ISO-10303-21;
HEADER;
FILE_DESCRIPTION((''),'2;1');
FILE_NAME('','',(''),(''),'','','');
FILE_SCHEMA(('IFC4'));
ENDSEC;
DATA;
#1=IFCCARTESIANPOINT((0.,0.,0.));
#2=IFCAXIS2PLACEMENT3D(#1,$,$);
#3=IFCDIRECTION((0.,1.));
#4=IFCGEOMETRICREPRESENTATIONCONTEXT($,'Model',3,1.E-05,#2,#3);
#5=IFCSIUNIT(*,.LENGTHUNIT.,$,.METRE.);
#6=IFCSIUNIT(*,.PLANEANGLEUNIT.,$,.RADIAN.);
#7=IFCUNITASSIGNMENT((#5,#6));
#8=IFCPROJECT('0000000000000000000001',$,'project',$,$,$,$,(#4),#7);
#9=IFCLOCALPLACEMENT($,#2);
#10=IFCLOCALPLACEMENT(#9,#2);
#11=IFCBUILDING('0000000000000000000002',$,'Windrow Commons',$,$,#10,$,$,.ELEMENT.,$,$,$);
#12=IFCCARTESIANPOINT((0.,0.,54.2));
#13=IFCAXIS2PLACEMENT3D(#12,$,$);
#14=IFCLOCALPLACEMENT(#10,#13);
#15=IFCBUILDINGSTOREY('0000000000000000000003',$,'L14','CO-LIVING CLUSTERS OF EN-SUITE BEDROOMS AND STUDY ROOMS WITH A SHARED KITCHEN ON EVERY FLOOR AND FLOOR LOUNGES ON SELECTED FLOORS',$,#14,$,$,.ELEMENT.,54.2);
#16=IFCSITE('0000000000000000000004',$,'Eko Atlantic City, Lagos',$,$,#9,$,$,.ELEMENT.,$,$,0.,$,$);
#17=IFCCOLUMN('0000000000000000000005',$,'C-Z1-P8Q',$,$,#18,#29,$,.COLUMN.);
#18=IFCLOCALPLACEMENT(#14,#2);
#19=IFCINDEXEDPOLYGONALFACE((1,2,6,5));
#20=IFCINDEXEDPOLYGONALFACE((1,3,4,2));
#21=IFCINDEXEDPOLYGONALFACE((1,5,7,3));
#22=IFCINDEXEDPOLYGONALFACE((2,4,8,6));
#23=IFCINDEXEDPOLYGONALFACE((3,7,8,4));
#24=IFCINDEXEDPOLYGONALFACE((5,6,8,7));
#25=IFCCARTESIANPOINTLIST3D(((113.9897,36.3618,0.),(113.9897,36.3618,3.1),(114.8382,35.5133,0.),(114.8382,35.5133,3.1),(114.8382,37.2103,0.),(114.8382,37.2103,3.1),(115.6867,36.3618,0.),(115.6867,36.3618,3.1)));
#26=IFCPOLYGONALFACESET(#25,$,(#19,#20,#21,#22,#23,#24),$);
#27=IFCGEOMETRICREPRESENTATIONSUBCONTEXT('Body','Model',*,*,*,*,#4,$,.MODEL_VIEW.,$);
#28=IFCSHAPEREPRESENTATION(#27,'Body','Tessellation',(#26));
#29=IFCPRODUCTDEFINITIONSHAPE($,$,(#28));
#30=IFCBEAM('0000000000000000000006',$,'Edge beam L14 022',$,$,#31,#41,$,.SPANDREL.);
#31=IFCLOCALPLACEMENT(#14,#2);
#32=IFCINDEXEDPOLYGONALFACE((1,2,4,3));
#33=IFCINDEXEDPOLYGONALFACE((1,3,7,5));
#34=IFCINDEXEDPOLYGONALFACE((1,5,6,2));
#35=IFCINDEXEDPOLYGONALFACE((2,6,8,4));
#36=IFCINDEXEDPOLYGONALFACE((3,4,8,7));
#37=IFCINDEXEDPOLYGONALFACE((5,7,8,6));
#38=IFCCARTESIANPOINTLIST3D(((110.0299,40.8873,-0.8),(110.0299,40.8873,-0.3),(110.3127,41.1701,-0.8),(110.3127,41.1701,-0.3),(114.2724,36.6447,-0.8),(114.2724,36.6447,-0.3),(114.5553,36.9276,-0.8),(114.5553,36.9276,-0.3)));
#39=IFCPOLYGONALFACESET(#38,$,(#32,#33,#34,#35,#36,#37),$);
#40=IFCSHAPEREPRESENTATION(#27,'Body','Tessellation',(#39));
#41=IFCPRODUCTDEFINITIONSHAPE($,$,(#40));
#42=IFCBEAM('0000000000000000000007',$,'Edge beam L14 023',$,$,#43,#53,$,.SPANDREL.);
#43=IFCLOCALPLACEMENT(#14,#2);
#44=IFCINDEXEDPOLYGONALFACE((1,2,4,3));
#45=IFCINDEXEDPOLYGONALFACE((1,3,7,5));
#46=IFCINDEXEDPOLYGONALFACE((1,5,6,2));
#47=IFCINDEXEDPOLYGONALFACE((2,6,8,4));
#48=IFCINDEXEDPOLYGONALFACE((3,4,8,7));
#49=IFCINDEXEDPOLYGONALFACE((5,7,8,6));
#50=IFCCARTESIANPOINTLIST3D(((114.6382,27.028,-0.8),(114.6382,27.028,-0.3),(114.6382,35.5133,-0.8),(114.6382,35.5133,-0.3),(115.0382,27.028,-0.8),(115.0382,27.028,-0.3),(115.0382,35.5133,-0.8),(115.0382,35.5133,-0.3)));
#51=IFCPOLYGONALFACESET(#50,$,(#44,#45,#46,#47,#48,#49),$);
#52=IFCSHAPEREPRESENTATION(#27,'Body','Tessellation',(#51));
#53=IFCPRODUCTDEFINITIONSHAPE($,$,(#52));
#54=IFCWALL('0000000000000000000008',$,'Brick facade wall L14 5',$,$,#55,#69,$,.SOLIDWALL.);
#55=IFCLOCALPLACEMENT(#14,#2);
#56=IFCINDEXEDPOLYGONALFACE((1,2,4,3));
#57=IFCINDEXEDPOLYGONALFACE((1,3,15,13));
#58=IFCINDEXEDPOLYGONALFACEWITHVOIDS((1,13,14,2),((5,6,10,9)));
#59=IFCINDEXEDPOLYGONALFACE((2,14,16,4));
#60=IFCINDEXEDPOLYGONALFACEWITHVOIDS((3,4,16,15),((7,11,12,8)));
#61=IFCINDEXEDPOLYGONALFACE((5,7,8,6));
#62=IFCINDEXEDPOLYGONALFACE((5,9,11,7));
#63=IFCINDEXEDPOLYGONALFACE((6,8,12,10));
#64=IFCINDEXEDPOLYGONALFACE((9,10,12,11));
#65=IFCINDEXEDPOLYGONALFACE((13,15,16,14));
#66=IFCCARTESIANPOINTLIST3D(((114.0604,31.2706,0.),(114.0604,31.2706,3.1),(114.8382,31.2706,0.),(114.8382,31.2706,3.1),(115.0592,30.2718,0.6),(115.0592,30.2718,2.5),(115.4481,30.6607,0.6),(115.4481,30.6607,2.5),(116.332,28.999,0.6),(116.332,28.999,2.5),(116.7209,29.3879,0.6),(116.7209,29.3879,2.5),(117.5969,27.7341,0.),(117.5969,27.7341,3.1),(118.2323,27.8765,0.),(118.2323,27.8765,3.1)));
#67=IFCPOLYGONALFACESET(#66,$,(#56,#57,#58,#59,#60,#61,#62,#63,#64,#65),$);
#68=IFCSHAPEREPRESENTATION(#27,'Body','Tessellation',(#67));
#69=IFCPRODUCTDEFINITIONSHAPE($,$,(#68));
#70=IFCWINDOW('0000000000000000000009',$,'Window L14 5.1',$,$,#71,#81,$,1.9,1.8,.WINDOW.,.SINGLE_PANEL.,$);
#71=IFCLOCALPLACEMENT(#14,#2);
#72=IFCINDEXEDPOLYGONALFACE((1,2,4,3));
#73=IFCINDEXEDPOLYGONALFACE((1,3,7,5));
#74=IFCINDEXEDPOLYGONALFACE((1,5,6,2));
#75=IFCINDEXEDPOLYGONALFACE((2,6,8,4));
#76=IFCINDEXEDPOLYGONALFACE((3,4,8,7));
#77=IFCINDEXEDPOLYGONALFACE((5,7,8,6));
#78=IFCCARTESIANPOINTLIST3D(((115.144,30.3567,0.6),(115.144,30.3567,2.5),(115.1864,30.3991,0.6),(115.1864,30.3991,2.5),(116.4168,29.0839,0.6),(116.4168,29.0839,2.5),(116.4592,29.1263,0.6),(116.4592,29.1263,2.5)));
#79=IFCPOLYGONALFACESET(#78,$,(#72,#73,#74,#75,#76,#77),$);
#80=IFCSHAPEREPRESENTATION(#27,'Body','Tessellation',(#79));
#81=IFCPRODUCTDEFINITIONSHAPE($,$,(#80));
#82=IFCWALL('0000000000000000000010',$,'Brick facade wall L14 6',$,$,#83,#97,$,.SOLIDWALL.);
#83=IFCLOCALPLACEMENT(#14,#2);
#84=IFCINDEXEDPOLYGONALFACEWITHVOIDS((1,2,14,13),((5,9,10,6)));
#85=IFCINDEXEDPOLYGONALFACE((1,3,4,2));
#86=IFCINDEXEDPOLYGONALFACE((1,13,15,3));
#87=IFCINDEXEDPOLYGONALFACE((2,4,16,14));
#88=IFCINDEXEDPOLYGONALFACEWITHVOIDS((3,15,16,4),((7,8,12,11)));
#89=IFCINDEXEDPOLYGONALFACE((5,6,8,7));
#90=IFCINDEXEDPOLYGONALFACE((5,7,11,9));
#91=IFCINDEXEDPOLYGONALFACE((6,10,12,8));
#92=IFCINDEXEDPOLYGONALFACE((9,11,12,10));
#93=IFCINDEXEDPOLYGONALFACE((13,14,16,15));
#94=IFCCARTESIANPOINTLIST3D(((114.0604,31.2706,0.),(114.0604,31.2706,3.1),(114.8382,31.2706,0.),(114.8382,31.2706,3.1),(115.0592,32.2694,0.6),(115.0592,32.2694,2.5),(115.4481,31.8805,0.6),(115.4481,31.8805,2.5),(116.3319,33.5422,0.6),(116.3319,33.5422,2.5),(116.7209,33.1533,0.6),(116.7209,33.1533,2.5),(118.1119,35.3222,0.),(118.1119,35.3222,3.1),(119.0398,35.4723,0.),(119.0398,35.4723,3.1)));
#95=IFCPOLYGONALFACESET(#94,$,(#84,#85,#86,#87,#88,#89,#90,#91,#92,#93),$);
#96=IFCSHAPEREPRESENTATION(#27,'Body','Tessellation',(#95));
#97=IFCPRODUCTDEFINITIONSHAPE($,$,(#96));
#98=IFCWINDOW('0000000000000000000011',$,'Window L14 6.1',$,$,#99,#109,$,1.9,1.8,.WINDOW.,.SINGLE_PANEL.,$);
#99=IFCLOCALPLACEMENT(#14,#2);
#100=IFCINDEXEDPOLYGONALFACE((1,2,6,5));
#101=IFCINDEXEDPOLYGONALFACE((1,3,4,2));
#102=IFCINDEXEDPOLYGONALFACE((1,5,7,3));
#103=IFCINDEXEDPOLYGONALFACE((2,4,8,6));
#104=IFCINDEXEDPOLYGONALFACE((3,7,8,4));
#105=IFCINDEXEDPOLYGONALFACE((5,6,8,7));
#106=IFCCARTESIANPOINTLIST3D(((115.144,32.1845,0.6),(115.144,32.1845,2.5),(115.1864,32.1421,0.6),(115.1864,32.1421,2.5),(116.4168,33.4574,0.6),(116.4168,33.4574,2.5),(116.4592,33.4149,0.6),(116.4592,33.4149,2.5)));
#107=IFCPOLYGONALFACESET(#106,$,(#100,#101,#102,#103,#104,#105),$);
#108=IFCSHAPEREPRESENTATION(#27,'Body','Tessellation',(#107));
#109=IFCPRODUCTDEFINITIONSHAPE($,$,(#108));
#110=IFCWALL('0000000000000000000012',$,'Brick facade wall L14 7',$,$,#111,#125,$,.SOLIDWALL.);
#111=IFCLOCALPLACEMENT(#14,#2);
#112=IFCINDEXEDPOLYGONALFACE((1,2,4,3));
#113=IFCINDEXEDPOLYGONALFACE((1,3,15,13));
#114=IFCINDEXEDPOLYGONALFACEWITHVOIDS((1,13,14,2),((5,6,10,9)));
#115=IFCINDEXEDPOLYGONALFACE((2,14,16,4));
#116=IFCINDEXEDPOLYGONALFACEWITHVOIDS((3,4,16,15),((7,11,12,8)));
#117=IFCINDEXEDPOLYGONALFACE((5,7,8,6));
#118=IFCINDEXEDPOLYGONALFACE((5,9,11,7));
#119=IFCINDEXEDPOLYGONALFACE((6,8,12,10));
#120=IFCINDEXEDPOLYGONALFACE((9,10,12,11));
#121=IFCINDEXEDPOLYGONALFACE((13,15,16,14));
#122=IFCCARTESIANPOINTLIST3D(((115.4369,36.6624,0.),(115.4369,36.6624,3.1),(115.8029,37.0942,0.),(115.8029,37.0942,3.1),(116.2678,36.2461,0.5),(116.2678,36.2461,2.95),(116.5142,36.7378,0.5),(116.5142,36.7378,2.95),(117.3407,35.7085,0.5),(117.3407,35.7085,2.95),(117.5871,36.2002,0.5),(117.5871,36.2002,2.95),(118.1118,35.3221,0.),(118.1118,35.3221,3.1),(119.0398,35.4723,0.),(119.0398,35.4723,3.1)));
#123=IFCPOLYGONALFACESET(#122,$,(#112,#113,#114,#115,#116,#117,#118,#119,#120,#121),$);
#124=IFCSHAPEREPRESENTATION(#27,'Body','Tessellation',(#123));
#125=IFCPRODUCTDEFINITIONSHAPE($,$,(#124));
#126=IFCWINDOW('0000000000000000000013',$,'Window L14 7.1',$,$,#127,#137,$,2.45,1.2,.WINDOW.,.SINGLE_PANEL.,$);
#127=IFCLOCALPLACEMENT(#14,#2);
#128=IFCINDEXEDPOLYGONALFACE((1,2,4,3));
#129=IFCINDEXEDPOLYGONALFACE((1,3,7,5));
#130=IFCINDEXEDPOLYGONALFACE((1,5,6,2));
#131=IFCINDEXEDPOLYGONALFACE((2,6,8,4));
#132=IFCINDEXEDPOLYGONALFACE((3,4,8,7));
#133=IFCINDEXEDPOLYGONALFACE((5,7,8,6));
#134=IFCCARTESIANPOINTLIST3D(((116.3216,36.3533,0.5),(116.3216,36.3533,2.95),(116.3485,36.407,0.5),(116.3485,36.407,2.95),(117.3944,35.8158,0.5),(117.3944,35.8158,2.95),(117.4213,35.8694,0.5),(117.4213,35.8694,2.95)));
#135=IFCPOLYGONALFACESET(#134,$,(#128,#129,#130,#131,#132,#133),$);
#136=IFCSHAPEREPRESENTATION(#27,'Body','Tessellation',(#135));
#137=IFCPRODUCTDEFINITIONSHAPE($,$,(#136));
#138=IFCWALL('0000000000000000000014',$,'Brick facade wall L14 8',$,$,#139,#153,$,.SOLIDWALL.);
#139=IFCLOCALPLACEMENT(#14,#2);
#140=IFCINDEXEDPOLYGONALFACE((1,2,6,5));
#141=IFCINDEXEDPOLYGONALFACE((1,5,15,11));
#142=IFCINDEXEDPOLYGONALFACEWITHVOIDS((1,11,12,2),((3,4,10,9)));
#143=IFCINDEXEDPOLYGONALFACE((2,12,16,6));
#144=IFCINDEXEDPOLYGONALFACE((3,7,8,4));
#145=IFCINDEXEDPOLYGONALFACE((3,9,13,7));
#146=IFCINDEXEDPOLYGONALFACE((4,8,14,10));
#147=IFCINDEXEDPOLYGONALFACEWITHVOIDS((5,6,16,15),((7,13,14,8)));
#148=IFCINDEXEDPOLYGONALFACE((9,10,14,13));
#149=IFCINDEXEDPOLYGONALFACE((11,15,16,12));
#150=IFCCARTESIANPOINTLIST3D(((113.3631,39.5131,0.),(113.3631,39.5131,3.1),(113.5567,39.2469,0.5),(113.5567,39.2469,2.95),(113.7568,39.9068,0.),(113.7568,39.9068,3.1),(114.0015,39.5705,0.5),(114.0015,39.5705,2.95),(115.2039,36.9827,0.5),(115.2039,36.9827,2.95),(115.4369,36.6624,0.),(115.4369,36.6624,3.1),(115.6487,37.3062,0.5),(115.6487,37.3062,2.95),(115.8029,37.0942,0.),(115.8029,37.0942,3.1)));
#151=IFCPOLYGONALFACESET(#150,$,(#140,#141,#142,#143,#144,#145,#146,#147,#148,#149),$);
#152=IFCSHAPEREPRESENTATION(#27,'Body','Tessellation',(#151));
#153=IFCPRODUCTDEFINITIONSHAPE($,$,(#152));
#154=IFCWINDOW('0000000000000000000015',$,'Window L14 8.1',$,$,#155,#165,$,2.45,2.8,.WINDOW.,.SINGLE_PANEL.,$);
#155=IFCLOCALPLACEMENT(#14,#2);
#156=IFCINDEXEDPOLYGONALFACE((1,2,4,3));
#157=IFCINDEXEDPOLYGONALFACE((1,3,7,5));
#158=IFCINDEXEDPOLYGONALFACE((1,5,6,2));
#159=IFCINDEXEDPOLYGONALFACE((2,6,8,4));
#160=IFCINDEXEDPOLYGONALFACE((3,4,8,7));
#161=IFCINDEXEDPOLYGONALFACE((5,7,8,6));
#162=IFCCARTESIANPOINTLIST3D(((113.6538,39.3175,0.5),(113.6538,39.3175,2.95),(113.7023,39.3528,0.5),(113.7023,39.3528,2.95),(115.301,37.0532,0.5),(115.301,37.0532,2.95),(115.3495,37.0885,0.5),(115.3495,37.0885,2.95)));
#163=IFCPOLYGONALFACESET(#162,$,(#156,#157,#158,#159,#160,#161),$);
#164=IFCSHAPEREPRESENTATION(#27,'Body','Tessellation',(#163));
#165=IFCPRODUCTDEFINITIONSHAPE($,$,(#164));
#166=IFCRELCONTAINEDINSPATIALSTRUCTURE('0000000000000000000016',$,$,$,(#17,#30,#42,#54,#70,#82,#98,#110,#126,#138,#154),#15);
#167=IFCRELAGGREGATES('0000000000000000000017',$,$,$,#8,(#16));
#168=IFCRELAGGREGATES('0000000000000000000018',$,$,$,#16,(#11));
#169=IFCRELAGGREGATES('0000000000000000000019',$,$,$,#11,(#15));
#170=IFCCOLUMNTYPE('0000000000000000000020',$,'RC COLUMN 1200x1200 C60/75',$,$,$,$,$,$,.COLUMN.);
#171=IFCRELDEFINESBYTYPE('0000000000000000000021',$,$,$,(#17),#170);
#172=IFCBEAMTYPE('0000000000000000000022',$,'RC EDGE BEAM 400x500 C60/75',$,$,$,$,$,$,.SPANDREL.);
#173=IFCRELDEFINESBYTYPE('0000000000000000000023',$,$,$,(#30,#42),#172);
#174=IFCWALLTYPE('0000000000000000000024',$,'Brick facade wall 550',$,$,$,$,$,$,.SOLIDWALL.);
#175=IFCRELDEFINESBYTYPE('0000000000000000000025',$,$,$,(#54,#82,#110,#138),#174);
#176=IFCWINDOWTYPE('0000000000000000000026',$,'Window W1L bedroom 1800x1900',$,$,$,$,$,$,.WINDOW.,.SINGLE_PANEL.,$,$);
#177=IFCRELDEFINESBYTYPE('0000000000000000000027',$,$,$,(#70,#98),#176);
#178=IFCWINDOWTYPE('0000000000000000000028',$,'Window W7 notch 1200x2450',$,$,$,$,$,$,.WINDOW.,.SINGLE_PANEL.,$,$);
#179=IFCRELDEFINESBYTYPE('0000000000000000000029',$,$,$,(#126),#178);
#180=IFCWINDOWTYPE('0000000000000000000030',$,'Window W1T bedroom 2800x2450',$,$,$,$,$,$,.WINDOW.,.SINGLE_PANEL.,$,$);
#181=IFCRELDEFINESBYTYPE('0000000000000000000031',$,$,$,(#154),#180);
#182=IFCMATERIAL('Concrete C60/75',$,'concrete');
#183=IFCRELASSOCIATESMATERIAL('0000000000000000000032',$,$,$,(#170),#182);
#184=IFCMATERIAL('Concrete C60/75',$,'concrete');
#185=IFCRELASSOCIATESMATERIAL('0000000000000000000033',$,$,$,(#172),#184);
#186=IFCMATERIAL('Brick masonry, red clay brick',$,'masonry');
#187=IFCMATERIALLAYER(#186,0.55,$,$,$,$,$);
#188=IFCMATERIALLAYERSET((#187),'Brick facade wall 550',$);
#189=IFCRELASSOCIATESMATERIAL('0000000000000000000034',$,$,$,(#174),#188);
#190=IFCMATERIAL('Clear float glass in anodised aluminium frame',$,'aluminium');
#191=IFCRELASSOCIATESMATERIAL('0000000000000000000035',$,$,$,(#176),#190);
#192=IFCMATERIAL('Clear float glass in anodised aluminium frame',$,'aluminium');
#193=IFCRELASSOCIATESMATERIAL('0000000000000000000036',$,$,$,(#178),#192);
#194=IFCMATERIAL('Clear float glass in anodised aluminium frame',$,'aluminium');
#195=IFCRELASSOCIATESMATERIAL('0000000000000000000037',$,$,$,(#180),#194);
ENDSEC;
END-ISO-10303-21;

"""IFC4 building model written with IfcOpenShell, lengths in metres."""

from ifc_helpers import new_model, si_unit, direction, frame, frame_2d, origin, origin_2d, place, context, subcontext, project, spatial, polyline, rectangle, outline, extrude, material, layer, layer_set, material_profile, profile_set, type_object, element, fill, save


model = new_model("IFC4")

# Units and contexts
model_context = context("Model", 3, precision=1e-05, world=origin(), true_north=direction((0.0, 1.0)))
body_context = subcontext(model_context, "Body", "Model", "MODEL_VIEW")
ifc_project = project(units=[si_unit("LENGTHUNIT", "METRE"), si_unit("PLANEANGLEUNIT", "RADIAN")], contexts=[model_context])

# Site, building, storey
site_placement = place(None, origin())
site = spatial("IfcSite", under=ifc_project, at=site_placement, Name="Eko Atlantic City, Lagos", CompositionType="ELEMENT", RefElevation=0.0)
building_placement = place(site_placement, origin())
building = spatial("IfcBuilding", under=site, at=building_placement, Name="Windrow Commons", CompositionType="ELEMENT")
storey_placement = place(building_placement, frame((0.0, 0.0, 54.2)))
storey = spatial("IfcBuildingStorey", under=building, at=storey_placement, Name="L14", Description="CO-LIVING CLUSTERS OF EN-SUITE BEDROOMS AND STUDY ROOMS WITH A SHARED KITCHEN ON EVERY FLOOR AND FLOOR LOUNGES ON SELECTED FLOORS", CompositionType="ELEMENT", Elevation=54.2)

# Column
ifc_material_1 = material(Name="Concrete C60/75", Category="concrete")
ifc_material_profile_1 = material_profile(ifc_material_1, rectangle(XDim=1.2, YDim=1.2, at=origin_2d()))
ifc_profile_set_1 = profile_set([ifc_material_profile_1], Name="Concrete C60/75")
column_type = type_object("IfcColumnType", Name="RC COLUMN 1200x1200 C60/75", PredefinedType="COLUMN", material=ifc_profile_set_1)
column_placement = place(storey_placement, frame((114.8382, 36.3618, 0.0), z_axis=(0.0, 0.0, 1.0), x_axis=(0.707107, -0.707107, 0.0)))
element("IfcColumn", 1, at=column_placement, inside=storey, type_object=column_type, Name="C-Z1-P8Q", PredefinedType="COLUMN", context=body_context, shape_type="SweptSolid", body=[
    extrude(rectangle(XDim=1.2, YDim=1.2, at=origin_2d()), origin(), (0.0, 0.0, 1.0), 3.1),
])

# Beams
ifc_material_2 = material(Name="Concrete C60/75", Category="concrete")
ifc_material_profile_2 = material_profile(ifc_material_2, rectangle(XDim=0.4, YDim=0.5, at=origin_2d()))
ifc_profile_set_2 = profile_set([ifc_material_profile_2], Name="Concrete C60/75")
beam_type = type_object("IfcBeamType", Name="RC EDGE BEAM 400x500 C60/75", PredefinedType="SPANDREL", material=ifc_profile_set_2)
beam_1_placement = place(storey_placement, frame((110.1713, 41.0287, -0.55), z_axis=(0.707107, -0.707107, 0.0), x_axis=(0.707107, 0.707107, 0.0)))
element("IfcBeam", 2, at=beam_1_placement, inside=storey, type_object=beam_type, Name="Edge beam L14 022", PredefinedType="SPANDREL", context=body_context, shape_type="SweptSolid", body=[
    extrude(rectangle(XDim=0.4, YDim=0.5, at=origin_2d()), origin(), (0.0, 0.0, 1.0), 5.9999),
])
beam_2_placement = place(storey_placement, frame((114.8382, 35.5133, -0.55), z_axis=(0.0, -1.0, 0.0), x_axis=(1.0, 0.0, 0.0)))
element("IfcBeam", 3, at=beam_2_placement, inside=storey, type_object=beam_type, Name="Edge beam L14 023", PredefinedType="SPANDREL", context=body_context, shape_type="SweptSolid", body=[
    extrude(rectangle(XDim=0.4, YDim=0.5, at=origin_2d()), origin(), (0.0, 0.0, 1.0), 8.4853),
])

# Walls, openings, windows
ifc_material_3 = material(Name="Brick masonry, red clay brick", Category="masonry")
ifc_layer_1 = layer(ifc_material_3, 0.55)
ifc_layer_set_1 = layer_set([ifc_layer_1], Name="Brick facade wall 550")
wall_type_1 = type_object("IfcWallType", Name="Brick facade wall 550", PredefinedType="SOLIDWALL", material=ifc_layer_set_1)
wall_1_placement = place(storey_placement, frame((117.9146, 27.8053, 0.0), z_axis=(0.0, 0.0, 1.0), x_axis=(-0.707107, 0.707107, 0.0)))
wall_1 = element("IfcWall", 4, at=wall_1_placement, inside=storey, type_object=wall_type_1, Name="Brick facade wall L14 5", PredefinedType="SOLIDWALL", context=body_context, shape_type="SweptSolid", body=[
    extrude(outline(polyline([(-0.1743, -0.275), (4.6257, -0.275), (5.1757, 0.275), (0.1743, 0.275), (-0.1743, -0.275)])), origin(), (0.0, 0.0, 1.0), 3.1),
])
opening_1_placement = place(wall_1_placement, frame((1.9632, 0.0, 0.6)))
opening_1 = element("IfcOpeningElement", 5, at=opening_1_placement, cuts=wall_1, PredefinedType="OPENING", context=body_context, shape_type="SweptSolid", body=[
    extrude(rectangle(XDim=1.8, YDim=1.9, at=frame_2d((0.9, 0.95))), frame((0.0, 0.285, 0.0), z_axis=(0.0, -1.0, 0.0), x_axis=(1.0, 0.0, 0.0)), (0.0, 0.0, 1.0), 0.57),
])
ifc_material_4 = material(Name="Clear float glass in anodised aluminium frame", Category="aluminium")
window_type_1 = type_object("IfcWindowType", Name="Window W1L bedroom 1800x1900", PartitioningType="SINGLE_PANEL", PredefinedType="WINDOW", material=ifc_material_4)
window_1_placement = place(opening_1_placement, origin())
window_1 = element("IfcWindow", 6, at=window_1_placement, inside=storey, type_object=window_type_1, Name="Window L14 5.1", OverallHeight=1.9, OverallWidth=1.8, PartitioningType="SINGLE_PANEL", PredefinedType="WINDOW", context=body_context, shape_type="SweptSolid", body=[
    extrude(rectangle(XDim=1.8, YDim=1.9, at=frame_2d((0.9, 0.95))), frame((0.0, 0.155, 0.0), z_axis=(0.0, -1.0, 0.0), x_axis=(1.0, 0.0, 0.0)), (0.0, 0.0, 1.0), 0.06),
])
fill(opening_1, window_1)
wall_2_placement = place(storey_placement, frame((114.4493, 31.2706, 0.0), z_axis=(0.0, 0.0, 1.0), x_axis=(0.707098, 0.707115, 0.0)))
wall_2 = element("IfcWall", 7, at=wall_2_placement, inside=storey, type_object=wall_type_1, Name="Brick facade wall L14 6", PredefinedType="SOLIDWALL", context=body_context, shape_type="SweptSolid", body=[
    extrude(outline(polyline([(0.275, -0.275), (6.217, -0.275), (5.4547, 0.275), (-0.275, 0.275), (0.275, -0.275)])), origin(), (0.0, 0.0, 1.0), 3.1),
])
opening_2_placement = place(wall_2_placement, frame((1.1375, 0.0, 0.6)))
opening_2 = element("IfcOpeningElement", 8, at=opening_2_placement, cuts=wall_2, PredefinedType="OPENING", context=body_context, shape_type="SweptSolid", body=[
    extrude(rectangle(XDim=1.8, YDim=1.9, at=frame_2d((0.9, 0.95))), frame((0.0, 0.285, 0.0), z_axis=(0.0, -1.0, 0.0), x_axis=(1.0, 0.0, 0.0)), (0.0, 0.0, 1.0), 0.57),
])
window_2_placement = place(opening_2_placement, origin())
window_2 = element("IfcWindow", 9, at=window_2_placement, inside=storey, type_object=window_type_1, Name="Window L14 6.1", OverallHeight=1.9, OverallWidth=1.8, PartitioningType="SINGLE_PANEL", PredefinedType="WINDOW", context=body_context, shape_type="SweptSolid", body=[
    extrude(rectangle(XDim=1.8, YDim=1.9, at=frame_2d((0.9, 0.95))), frame((0.0, 0.155, 0.0), z_axis=(0.0, -1.0, 0.0), x_axis=(1.0, 0.0, 0.0)), (0.0, 0.0, 1.0), 0.06),
])
fill(opening_2, window_2)
wall_3_placement = place(storey_placement, frame((118.5758, 35.3972, 0.0), z_axis=(0.0, 0.0, 1.0), x_axis=(-0.894046, 0.447976, 0.0)))
wall_3 = element("IfcWall", 10, at=wall_3_placement, inside=storey, type_object=wall_type_1, Name="Brick facade wall L14 7", PredefinedType="SOLIDWALL", context=body_context, shape_type="SweptSolid", body=[
    extrude(outline(polyline([(-0.3812, -0.275), (3.2393, -0.275), (3.3731, 0.275), (0.3812, 0.275), (-0.3812, -0.275)])), origin(), (0.0, 0.0, 1.0), 3.1),
])
opening_3_placement = place(wall_3_placement, frame((1.2437, 0.0, 0.5)))
opening_3 = element("IfcOpeningElement", 11, at=opening_3_placement, cuts=wall_3, PredefinedType="OPENING", context=body_context, shape_type="SweptSolid", body=[
    extrude(rectangle(XDim=1.2, YDim=2.45, at=frame_2d((0.6, 1.225))), frame((0.0, 0.285, 0.0), z_axis=(0.0, -1.0, 0.0), x_axis=(1.0, 0.0, 0.0)), (0.0, 0.0, 1.0), 0.57),
])
ifc_material_5 = material(Name="Clear float glass in anodised aluminium frame", Category="aluminium")
window_type_2 = type_object("IfcWindowType", Name="Window W7 notch 1200x2450", PartitioningType="SINGLE_PANEL", PredefinedType="WINDOW", material=ifc_material_5)
window_3_placement = place(opening_3_placement, origin())
window_3 = element("IfcWindow", 12, at=window_3_placement, inside=storey, type_object=window_type_2, Name="Window L14 7.1", OverallHeight=2.45, OverallWidth=1.2, PartitioningType="SINGLE_PANEL", PredefinedType="WINDOW", context=body_context, shape_type="SweptSolid", body=[
    extrude(rectangle(XDim=1.2, YDim=2.45, at=frame_2d((0.6, 1.225))), frame((0.0, 0.155, 0.0), z_axis=(0.0, -1.0, 0.0), x_axis=(1.0, 0.0, 0.0)), (0.0, 0.0, 1.0), 0.06),
])
fill(opening_3, window_3)
wall_4_placement = place(storey_placement, frame((115.6199, 36.8783, 0.0), z_axis=(0.0, 0.0, 1.0), x_axis=(-0.588275, 0.808661, 0.0)))
wall_4 = element("IfcWall", 13, at=wall_4_placement, inside=storey, type_object=wall_type_1, Name="Brick facade wall L14 8", PredefinedType="SOLIDWALL", context=body_context, shape_type="SweptSolid", body=[
    extrude(outline(polyline([(0.0669, -0.275), (3.545, -0.275), (3.4583, 0.275), (-0.0669, 0.275), (0.0669, -0.275)])), origin(), (0.0, 0.0, 1.0), 3.1),
])
opening_4_placement = place(wall_4_placement, frame((0.3291, 0.0, 0.5)))
opening_4 = element("IfcOpeningElement", 14, at=opening_4_placement, cuts=wall_4, PredefinedType="OPENING", context=body_context, shape_type="SweptSolid", body=[
    extrude(rectangle(XDim=2.8, YDim=2.45, at=frame_2d((1.4, 1.225))), frame((0.0, 0.285, 0.0), z_axis=(0.0, -1.0, 0.0), x_axis=(1.0, 0.0, 0.0)), (0.0, 0.0, 1.0), 0.57),
])
ifc_material_6 = material(Name="Clear float glass in anodised aluminium frame", Category="aluminium")
window_type_3 = type_object("IfcWindowType", Name="Window W1T bedroom 2800x2450", PartitioningType="SINGLE_PANEL", PredefinedType="WINDOW", material=ifc_material_6)
window_4_placement = place(opening_4_placement, origin())
window_4 = element("IfcWindow", 15, at=window_4_placement, inside=storey, type_object=window_type_3, Name="Window L14 8.1", OverallHeight=2.45, OverallWidth=2.8, PartitioningType="SINGLE_PANEL", PredefinedType="WINDOW", context=body_context, shape_type="SweptSolid", body=[
    extrude(rectangle(XDim=2.8, YDim=2.45, at=frame_2d((1.4, 1.225))), frame((0.0, 0.155, 0.0), z_axis=(0.0, -1.0, 0.0), x_axis=(1.0, 0.0, 0.0)), (0.0, 0.0, 1.0), 0.06),
])
fill(opening_4, window_4)

save(model, "model.ifc")
